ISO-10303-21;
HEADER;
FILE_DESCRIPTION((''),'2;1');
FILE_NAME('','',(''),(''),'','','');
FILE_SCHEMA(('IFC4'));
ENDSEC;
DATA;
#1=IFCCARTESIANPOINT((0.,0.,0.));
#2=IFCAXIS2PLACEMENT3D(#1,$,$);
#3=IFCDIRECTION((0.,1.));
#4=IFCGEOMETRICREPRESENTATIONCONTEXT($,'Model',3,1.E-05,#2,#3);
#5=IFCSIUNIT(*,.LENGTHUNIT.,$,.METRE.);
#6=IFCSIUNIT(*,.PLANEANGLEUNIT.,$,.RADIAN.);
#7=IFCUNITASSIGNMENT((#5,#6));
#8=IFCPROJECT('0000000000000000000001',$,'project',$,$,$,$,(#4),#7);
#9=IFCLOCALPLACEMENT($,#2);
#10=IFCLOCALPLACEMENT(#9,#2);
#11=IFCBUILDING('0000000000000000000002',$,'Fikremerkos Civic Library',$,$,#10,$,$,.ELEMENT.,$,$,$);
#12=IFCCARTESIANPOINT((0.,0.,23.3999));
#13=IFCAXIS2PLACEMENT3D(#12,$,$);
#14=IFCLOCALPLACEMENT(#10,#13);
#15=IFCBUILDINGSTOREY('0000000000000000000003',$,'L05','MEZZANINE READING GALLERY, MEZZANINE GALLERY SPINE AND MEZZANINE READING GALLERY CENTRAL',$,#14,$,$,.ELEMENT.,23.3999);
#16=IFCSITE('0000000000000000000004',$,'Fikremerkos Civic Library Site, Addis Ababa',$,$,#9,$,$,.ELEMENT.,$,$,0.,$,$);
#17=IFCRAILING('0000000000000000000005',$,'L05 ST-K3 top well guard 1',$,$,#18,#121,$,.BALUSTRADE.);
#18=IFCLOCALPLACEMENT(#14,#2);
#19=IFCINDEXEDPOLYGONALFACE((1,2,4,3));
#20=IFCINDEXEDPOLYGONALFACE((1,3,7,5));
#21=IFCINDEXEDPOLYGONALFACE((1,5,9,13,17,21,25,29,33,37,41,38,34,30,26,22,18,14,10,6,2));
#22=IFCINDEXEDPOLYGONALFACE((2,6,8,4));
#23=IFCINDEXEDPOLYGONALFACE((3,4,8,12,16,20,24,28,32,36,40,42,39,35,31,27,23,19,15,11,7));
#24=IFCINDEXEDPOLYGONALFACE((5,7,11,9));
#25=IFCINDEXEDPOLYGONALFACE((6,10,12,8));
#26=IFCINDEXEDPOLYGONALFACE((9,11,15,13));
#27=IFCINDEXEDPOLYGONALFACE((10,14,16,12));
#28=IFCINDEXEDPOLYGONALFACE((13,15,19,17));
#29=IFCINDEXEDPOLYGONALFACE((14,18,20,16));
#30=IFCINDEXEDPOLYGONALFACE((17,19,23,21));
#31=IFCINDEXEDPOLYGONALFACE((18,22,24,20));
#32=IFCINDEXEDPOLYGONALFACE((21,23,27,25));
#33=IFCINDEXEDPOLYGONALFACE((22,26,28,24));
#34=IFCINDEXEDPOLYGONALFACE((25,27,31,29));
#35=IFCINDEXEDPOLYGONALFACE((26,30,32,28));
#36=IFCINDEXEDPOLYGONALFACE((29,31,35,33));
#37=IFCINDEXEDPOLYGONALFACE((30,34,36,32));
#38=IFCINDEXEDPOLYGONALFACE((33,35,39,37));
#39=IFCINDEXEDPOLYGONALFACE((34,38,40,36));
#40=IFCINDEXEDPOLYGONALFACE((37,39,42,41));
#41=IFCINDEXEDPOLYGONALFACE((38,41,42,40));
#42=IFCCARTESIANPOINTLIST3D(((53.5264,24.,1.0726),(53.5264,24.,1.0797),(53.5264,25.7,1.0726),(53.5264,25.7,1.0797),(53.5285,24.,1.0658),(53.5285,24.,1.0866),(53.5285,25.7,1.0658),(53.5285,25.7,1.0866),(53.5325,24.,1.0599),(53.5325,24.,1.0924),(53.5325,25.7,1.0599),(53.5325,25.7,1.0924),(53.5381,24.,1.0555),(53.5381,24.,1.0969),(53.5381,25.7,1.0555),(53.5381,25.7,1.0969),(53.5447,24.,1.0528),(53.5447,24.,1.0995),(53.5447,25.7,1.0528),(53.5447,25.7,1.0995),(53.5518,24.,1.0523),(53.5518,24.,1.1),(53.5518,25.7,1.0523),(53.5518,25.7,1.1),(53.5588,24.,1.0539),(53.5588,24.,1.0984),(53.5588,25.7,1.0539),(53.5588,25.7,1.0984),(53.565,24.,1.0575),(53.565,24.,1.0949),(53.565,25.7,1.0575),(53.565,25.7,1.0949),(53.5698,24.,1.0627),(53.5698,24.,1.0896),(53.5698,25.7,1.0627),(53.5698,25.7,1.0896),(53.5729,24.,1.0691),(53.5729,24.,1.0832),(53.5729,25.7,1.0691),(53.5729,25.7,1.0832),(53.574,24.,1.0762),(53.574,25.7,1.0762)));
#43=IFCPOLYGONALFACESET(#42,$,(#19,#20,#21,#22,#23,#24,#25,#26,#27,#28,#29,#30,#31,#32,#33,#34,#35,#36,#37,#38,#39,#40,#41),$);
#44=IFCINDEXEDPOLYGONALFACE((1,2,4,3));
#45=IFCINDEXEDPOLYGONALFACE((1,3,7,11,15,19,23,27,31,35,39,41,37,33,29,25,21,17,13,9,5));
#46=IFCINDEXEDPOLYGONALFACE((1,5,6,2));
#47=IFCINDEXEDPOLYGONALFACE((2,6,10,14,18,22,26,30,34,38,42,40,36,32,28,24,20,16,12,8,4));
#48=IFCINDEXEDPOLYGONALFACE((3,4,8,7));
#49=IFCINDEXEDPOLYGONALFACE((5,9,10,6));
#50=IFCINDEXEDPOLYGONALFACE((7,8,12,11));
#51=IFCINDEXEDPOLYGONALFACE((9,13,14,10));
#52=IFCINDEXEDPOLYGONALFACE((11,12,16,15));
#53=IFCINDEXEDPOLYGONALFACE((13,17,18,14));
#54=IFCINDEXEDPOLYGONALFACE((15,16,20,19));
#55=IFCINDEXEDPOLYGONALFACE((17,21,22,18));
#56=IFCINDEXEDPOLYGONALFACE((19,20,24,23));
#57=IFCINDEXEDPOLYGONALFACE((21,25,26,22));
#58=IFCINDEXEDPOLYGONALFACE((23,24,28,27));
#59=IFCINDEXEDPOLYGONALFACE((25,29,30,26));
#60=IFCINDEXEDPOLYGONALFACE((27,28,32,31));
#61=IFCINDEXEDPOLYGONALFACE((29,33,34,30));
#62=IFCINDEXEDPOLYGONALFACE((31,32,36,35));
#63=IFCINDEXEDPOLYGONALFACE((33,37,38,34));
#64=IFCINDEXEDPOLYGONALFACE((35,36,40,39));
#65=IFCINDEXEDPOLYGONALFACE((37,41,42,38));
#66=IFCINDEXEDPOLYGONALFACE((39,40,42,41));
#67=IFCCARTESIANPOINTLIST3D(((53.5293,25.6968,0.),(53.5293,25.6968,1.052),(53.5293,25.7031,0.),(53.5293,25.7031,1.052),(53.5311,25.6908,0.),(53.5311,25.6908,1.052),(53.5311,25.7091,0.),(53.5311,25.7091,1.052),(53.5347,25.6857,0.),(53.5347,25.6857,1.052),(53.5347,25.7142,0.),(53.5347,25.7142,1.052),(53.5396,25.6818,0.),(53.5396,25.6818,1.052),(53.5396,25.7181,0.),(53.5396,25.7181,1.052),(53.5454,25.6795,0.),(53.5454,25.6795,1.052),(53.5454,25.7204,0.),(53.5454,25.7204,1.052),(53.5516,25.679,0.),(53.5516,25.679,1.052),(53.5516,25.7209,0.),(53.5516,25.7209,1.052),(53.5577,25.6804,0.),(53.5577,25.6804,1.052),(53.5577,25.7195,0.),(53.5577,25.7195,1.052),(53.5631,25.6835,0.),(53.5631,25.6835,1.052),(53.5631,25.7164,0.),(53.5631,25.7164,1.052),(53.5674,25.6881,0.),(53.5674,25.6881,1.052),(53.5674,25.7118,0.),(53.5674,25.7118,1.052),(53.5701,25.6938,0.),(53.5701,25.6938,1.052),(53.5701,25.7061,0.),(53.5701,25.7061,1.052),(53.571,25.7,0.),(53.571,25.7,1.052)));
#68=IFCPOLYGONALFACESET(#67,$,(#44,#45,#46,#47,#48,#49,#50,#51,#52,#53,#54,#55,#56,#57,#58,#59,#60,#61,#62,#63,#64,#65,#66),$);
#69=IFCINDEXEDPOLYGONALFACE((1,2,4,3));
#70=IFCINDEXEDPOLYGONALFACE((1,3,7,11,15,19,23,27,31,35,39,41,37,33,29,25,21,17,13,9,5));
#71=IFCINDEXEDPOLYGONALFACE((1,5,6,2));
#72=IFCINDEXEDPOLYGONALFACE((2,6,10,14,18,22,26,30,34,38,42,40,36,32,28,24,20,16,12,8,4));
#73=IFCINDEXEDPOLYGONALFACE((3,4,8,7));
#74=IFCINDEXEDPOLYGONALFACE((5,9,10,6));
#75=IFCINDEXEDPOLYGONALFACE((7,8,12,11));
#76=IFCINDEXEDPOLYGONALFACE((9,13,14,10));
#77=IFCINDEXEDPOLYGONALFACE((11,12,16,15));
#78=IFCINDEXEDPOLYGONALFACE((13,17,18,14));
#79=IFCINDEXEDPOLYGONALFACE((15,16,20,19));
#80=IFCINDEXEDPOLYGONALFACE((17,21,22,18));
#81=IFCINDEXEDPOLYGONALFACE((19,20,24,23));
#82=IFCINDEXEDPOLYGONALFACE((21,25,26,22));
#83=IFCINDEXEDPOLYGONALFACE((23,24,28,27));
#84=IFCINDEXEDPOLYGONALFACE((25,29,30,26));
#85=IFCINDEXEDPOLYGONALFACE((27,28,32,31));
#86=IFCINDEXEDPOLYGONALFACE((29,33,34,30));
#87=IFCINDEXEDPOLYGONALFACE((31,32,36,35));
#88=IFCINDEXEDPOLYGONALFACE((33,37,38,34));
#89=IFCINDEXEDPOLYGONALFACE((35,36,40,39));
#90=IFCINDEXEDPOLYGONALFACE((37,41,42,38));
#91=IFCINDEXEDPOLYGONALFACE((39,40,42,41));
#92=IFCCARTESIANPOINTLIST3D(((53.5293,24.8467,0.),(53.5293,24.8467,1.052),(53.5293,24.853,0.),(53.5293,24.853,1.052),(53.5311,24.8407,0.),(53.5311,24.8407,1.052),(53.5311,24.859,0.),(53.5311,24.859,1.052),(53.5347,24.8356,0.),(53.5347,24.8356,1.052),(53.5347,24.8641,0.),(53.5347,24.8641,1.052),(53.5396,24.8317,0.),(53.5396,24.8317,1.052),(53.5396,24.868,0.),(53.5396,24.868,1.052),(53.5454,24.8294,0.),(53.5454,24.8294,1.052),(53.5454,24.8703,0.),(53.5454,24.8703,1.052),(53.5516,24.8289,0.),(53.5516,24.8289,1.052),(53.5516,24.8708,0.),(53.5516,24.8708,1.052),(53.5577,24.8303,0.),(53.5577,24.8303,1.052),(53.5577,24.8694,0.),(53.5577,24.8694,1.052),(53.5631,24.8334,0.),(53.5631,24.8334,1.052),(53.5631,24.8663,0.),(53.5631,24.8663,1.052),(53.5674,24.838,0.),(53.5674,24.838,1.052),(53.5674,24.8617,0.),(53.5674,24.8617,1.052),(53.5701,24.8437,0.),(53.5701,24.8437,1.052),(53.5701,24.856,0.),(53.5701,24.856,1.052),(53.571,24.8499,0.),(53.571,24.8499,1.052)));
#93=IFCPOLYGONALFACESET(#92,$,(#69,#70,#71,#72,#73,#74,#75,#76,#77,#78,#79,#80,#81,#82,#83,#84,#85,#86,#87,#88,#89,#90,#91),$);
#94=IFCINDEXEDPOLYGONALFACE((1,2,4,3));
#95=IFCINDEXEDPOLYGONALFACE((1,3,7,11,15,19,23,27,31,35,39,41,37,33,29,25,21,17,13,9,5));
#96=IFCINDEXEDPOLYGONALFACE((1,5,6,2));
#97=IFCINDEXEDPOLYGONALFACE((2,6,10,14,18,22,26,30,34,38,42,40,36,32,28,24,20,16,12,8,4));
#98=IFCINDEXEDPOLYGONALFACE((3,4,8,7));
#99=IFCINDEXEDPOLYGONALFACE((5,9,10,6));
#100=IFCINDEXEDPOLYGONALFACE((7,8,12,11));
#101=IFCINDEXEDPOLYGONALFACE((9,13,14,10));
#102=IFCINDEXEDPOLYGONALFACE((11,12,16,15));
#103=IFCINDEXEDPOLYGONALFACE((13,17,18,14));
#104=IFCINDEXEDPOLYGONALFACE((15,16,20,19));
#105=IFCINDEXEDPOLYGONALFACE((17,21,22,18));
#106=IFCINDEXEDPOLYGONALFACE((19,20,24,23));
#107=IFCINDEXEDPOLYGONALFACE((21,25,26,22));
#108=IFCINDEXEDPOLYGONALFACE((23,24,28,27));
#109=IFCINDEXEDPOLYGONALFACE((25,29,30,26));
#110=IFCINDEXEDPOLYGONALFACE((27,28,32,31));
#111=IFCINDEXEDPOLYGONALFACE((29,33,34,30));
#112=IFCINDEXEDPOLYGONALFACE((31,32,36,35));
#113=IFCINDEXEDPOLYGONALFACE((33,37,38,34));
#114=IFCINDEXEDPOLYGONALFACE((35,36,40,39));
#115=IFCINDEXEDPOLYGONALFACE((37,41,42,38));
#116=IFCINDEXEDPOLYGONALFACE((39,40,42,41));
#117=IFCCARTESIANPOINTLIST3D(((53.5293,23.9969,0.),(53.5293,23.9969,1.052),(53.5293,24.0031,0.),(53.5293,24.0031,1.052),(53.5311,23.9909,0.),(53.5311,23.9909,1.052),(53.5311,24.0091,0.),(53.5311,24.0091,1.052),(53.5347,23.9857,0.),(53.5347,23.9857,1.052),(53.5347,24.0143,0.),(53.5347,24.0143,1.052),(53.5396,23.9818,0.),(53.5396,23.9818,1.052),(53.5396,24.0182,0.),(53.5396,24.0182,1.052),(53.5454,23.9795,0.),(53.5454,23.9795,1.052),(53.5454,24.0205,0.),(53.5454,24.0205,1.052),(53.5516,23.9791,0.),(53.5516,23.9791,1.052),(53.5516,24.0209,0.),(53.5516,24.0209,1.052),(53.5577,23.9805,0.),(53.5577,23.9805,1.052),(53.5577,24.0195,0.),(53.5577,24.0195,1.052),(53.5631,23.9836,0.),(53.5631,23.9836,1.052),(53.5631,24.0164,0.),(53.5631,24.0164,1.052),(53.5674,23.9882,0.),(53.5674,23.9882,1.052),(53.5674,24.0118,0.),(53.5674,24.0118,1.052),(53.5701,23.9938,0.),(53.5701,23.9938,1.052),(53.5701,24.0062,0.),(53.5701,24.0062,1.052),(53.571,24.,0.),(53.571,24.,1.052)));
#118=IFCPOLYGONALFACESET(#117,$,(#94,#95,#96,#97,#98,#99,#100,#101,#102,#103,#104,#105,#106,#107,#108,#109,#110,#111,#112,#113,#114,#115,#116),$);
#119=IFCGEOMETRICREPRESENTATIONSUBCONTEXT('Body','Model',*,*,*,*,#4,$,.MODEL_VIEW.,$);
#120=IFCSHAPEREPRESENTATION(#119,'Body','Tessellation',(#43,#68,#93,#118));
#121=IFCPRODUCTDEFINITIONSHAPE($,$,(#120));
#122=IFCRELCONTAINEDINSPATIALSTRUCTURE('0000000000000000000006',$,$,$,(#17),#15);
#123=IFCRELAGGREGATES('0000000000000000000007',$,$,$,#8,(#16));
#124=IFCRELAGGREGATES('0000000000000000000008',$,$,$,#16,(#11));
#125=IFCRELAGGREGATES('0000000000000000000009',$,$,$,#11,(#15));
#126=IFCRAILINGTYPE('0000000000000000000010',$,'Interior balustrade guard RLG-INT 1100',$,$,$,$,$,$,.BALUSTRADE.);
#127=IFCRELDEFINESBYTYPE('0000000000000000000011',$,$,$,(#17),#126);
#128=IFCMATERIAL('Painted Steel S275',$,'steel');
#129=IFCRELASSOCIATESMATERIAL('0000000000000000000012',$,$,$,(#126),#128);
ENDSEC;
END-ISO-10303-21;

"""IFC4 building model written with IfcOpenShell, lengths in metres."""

from ifc_helpers import new_model, si_unit, direction, frame, origin, origin_2d, place, context, subcontext, project, spatial, circle, extrude, material, type_object, element, save


model = new_model("IFC4")

# Units and contexts
model_context = context("Model", 3, precision=1e-05, world=origin(), true_north=direction((0.0, 1.0)))
body_context = subcontext(model_context, "Body", "Model", "MODEL_VIEW")
ifc_project = project(units=[si_unit("LENGTHUNIT", "METRE"), si_unit("PLANEANGLEUNIT", "RADIAN")], contexts=[model_context])

# Site, building, storey
site_placement = place(None, origin())
site = spatial("IfcSite", under=ifc_project, at=site_placement, Name="Fikremerkos Civic Library Site, Addis Ababa", CompositionType="ELEMENT", RefElevation=0.0)
building_placement = place(site_placement, origin())
building = spatial("IfcBuilding", under=site, at=building_placement, Name="Fikremerkos Civic Library", CompositionType="ELEMENT")
storey_placement = place(building_placement, frame((0.0, 0.0, 23.3999)))
storey = spatial("IfcBuildingStorey", under=building, at=storey_placement, Name="L05", Description="MEZZANINE READING GALLERY, MEZZANINE GALLERY SPINE AND MEZZANINE READING GALLERY CENTRAL", CompositionType="ELEMENT", Elevation=23.3999)

# Railing
ifc_material_1 = material(Name="Painted Steel S275", Category="steel")
railing_type = type_object("IfcRailingType", Name="Interior balustrade guard RLG-INT 1100", PredefinedType="BALUSTRADE", material=ifc_material_1)
railing_placement = place(storey_placement, frame((53.55, 25.7, 0.0)))
element("IfcRailing", 1, at=railing_placement, inside=storey, type_object=railing_type, Name="L05 ST-K3 top well guard 1", PredefinedType="BALUSTRADE", context=body_context, shape_type="SweptSolid", body=[
    extrude(circle(Radius=0.0239, at=origin_2d()), frame((0.0, 0.0, 1.0762), z_axis=(0.0, -1.0, 0.0), x_axis=(1.0, 0.0, 0.0)), (0.0, 0.0, 1.0), 1.7),
    extrude(circle(Radius=0.021, at=origin_2d()), origin(), (0.0, 0.0, 1.0), 1.052),
    extrude(circle(Radius=0.021, at=origin_2d()), frame((0.0, -0.8501, 0.0)), (0.0, 0.0, 1.0), 1.052),
    extrude(circle(Radius=0.021, at=origin_2d()), frame((0.0, -1.7, 0.0)), (0.0, 0.0, 1.0), 1.052),
])

save(model, "model.ifc")
